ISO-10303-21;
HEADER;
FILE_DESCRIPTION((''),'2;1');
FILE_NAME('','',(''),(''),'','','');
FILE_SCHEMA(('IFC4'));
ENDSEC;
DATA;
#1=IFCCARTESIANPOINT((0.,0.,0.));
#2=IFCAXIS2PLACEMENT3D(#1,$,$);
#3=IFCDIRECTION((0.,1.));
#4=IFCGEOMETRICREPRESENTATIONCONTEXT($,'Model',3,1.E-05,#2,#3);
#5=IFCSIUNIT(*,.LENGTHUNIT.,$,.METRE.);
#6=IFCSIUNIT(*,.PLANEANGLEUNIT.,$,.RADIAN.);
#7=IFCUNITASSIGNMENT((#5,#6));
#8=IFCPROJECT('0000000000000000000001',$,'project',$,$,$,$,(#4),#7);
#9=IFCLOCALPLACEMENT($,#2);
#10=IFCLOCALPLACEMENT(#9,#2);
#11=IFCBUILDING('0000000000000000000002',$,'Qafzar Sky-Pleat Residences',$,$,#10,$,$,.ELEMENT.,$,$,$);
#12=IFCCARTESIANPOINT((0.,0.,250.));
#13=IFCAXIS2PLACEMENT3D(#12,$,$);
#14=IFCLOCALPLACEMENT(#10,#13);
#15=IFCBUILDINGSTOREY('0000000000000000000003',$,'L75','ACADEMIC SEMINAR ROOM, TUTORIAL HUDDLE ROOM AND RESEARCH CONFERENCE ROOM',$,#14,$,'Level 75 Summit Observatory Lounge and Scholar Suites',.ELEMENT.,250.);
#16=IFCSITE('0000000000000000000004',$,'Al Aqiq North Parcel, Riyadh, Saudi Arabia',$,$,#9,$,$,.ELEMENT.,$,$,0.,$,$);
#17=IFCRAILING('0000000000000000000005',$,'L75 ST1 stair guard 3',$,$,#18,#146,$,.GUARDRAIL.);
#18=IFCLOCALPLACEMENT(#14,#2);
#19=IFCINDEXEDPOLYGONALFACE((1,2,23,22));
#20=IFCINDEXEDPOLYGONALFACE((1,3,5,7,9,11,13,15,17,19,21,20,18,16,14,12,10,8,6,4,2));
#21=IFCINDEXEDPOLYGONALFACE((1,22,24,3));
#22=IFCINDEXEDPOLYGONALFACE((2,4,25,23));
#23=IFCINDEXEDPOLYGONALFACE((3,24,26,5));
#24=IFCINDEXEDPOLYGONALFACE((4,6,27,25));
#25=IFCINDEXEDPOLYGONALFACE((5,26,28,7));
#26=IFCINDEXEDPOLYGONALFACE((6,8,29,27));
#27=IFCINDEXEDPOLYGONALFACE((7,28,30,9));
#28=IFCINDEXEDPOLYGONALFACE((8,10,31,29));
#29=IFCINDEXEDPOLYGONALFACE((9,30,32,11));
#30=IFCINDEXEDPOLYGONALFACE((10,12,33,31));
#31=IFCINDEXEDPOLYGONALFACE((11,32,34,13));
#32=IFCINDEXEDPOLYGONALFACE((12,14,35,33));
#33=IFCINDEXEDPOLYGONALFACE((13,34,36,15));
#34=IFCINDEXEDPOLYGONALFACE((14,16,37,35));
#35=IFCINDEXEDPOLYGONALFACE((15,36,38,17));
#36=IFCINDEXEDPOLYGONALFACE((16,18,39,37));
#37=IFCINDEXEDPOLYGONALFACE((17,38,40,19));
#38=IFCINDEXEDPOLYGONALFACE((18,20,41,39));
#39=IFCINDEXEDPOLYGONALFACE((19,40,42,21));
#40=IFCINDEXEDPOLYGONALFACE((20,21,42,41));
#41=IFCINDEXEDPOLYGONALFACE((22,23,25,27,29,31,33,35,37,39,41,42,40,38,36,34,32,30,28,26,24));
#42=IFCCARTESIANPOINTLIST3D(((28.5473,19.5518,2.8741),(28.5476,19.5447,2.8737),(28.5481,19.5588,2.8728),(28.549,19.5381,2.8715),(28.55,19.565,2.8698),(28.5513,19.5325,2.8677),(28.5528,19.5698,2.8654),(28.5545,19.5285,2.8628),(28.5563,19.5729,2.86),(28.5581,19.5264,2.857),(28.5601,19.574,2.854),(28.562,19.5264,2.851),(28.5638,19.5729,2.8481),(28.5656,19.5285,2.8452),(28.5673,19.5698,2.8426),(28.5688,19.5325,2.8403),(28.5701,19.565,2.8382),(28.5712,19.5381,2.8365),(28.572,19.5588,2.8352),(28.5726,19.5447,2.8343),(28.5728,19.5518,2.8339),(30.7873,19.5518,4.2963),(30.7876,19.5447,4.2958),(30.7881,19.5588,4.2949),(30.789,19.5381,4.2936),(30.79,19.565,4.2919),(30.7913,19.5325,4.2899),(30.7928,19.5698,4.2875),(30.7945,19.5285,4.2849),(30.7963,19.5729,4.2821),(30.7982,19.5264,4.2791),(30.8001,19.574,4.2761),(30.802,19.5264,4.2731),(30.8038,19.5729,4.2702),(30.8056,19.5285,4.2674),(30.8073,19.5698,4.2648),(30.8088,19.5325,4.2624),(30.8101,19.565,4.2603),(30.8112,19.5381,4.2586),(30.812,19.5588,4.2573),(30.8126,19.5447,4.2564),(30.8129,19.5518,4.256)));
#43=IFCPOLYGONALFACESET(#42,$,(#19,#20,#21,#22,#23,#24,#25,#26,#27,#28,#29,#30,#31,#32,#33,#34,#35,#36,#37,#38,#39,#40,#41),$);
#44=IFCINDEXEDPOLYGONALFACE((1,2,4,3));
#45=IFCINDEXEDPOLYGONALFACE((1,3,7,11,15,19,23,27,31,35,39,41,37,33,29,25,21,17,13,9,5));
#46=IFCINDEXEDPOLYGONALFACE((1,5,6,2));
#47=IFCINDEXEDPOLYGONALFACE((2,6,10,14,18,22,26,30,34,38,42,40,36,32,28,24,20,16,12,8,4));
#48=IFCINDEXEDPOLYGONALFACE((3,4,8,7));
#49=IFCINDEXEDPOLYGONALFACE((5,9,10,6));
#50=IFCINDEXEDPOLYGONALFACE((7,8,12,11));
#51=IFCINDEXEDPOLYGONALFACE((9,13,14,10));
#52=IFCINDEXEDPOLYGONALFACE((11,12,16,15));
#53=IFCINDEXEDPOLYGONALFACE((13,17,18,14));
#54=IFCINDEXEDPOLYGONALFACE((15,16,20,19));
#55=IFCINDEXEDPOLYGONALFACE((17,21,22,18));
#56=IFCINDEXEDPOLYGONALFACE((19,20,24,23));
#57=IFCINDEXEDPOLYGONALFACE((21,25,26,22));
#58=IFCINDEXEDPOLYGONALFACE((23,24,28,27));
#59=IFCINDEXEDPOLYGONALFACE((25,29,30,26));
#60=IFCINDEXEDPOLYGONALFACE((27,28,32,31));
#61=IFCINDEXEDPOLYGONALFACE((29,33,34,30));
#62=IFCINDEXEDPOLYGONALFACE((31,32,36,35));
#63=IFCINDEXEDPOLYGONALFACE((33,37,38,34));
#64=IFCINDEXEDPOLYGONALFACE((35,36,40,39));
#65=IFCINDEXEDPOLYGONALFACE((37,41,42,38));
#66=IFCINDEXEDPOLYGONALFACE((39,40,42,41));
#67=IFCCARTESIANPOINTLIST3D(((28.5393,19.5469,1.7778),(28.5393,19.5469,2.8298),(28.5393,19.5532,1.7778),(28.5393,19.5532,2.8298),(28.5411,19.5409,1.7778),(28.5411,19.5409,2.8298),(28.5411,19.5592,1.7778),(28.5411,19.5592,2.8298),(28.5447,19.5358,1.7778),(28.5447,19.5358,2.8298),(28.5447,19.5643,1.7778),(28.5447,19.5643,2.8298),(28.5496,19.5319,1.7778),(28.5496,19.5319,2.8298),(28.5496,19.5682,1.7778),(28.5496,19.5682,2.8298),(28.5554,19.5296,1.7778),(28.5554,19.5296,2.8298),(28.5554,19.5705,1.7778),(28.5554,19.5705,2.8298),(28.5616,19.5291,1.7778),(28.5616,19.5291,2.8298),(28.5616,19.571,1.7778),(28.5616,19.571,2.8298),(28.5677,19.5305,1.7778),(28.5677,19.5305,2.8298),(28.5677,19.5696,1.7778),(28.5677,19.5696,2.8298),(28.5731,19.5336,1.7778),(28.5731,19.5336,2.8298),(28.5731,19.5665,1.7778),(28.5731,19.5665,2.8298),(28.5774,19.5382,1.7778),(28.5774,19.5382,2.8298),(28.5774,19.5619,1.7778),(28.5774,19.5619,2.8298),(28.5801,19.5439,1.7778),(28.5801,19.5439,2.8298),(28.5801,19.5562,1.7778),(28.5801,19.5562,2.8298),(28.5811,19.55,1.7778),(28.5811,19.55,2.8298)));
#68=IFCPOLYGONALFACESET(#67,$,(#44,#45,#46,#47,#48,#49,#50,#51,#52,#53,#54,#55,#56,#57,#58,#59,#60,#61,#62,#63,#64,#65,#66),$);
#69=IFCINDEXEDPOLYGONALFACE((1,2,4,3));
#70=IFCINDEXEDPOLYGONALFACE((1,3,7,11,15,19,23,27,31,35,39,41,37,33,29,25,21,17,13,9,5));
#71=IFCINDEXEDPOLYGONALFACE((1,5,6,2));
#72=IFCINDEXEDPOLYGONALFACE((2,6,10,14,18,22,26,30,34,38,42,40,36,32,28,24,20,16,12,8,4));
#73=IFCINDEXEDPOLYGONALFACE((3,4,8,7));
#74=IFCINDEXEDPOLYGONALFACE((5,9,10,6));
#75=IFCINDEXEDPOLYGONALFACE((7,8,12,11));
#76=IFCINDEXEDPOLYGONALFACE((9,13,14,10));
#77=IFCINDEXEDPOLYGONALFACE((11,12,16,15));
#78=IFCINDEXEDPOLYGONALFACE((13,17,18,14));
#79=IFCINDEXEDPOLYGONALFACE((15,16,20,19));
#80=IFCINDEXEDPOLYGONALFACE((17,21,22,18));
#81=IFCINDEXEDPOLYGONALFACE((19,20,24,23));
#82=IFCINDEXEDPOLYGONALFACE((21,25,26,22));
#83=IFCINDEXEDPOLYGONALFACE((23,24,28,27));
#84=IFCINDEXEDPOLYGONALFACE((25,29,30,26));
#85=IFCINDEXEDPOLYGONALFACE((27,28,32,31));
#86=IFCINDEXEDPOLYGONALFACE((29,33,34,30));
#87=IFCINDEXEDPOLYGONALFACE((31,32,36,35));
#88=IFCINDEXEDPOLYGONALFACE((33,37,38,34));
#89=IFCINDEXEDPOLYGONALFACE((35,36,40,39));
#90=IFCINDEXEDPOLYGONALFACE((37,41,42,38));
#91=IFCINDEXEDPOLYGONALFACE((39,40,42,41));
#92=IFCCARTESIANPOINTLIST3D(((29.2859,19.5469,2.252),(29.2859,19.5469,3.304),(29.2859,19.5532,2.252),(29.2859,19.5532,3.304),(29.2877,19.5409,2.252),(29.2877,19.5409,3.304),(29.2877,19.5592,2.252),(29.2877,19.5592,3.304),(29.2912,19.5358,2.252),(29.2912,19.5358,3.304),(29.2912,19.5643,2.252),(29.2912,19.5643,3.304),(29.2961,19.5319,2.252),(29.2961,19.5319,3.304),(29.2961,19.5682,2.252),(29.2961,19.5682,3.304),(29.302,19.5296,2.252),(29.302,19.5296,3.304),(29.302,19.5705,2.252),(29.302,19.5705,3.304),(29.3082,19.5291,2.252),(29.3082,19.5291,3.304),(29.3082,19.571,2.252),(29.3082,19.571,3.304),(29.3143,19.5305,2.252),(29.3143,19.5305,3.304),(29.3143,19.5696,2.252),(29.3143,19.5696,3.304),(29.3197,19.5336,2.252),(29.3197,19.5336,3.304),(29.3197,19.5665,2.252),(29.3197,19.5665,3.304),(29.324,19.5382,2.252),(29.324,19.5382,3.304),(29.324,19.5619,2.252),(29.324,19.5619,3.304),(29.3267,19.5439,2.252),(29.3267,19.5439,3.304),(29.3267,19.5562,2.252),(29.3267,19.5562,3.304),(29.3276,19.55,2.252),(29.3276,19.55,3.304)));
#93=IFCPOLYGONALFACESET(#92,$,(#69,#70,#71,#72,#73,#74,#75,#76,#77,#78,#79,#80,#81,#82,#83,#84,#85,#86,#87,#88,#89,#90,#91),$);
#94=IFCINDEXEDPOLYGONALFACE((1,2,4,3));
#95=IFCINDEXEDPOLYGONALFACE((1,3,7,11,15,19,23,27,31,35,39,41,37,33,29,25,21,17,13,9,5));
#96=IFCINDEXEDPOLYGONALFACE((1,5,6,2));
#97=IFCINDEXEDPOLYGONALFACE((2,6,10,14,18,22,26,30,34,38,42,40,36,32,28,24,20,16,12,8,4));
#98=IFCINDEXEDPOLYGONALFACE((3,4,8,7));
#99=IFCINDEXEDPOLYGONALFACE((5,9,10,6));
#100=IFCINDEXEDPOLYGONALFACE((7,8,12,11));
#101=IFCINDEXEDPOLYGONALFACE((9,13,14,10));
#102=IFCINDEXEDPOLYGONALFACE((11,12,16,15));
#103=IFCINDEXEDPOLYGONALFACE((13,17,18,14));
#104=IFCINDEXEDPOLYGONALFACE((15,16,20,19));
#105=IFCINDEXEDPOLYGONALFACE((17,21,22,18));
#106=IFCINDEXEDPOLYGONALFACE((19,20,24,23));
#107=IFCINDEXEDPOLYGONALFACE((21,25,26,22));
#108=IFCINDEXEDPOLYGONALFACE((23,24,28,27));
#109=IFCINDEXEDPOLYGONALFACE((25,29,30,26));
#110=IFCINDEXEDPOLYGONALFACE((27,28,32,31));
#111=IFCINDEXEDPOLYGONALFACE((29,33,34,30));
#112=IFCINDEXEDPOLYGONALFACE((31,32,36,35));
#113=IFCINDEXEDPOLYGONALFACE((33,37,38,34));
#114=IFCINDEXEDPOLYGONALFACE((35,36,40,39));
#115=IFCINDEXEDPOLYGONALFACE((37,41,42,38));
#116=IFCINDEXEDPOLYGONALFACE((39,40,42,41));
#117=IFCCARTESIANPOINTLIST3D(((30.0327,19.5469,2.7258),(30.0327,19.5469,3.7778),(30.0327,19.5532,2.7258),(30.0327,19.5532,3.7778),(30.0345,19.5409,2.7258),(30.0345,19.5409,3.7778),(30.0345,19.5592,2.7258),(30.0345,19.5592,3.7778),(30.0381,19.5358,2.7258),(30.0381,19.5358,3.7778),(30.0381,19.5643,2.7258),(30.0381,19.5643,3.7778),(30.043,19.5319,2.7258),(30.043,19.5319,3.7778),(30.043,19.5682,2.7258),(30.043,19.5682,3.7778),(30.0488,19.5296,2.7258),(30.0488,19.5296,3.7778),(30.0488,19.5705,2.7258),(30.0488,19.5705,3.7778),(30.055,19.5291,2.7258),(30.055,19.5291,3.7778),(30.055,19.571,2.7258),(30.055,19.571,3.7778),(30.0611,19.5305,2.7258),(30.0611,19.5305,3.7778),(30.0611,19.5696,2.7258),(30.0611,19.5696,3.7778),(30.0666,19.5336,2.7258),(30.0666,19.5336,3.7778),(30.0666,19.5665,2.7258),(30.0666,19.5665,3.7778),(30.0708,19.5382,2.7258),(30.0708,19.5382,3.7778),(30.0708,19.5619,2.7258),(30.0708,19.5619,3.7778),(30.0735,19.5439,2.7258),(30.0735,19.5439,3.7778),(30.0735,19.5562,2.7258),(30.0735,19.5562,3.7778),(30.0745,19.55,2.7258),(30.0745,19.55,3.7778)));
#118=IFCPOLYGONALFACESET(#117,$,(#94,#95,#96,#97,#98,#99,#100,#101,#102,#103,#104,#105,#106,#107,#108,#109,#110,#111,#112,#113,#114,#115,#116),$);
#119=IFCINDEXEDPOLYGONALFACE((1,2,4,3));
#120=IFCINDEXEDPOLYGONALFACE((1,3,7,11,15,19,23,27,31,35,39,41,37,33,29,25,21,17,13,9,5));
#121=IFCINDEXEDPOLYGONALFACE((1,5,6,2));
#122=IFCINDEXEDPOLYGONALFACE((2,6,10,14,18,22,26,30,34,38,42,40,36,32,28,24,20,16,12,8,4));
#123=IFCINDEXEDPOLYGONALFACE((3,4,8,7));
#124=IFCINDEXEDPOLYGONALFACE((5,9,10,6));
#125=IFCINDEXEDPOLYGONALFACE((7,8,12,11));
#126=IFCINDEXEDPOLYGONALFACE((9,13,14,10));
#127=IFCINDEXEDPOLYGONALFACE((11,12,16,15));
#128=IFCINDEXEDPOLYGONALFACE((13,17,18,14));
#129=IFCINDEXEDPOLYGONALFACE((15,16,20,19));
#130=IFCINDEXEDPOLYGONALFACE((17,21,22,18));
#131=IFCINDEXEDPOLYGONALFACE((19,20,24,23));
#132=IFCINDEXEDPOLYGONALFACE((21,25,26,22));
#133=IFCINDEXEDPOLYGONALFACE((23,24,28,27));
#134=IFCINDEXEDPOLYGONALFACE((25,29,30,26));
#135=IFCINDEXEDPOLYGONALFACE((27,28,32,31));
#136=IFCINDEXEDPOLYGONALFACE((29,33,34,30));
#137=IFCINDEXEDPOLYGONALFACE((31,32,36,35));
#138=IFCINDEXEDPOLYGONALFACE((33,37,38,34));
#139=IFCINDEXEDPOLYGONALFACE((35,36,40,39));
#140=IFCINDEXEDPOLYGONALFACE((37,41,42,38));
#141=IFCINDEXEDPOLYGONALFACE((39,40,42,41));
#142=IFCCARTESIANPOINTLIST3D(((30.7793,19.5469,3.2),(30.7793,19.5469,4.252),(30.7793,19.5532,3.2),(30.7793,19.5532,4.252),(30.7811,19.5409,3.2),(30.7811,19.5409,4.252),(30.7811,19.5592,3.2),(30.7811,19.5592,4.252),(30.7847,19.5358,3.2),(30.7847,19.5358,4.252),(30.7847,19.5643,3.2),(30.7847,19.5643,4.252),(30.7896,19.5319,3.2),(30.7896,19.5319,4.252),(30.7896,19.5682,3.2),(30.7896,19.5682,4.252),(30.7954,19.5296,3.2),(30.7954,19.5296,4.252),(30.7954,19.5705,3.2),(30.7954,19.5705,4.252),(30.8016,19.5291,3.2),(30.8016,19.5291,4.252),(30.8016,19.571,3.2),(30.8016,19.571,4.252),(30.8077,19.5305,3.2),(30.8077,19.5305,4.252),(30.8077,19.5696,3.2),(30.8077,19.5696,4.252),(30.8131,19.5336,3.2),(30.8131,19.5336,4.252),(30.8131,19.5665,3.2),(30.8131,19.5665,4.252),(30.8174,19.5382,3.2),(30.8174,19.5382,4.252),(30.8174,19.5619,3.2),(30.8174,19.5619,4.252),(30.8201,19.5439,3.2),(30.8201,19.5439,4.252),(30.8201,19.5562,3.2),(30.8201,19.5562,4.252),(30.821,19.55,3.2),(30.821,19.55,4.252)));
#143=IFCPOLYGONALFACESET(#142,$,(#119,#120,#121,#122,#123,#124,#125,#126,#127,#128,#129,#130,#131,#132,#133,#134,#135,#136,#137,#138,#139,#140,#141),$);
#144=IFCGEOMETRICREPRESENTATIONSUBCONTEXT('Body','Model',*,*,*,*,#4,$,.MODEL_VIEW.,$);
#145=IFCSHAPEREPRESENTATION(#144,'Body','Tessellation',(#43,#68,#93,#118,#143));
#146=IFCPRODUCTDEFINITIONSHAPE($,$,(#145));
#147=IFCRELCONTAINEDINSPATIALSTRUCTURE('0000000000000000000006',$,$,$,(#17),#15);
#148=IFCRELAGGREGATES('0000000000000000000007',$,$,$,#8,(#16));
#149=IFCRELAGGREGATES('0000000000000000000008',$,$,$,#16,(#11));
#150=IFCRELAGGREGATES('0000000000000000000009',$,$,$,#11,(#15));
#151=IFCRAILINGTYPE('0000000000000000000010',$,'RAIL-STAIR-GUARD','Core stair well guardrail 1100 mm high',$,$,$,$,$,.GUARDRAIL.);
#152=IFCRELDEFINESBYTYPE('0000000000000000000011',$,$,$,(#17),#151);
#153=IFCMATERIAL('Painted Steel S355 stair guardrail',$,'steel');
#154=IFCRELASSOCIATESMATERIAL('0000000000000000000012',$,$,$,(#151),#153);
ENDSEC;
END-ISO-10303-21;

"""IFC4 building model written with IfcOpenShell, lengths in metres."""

from ifc_helpers import new_model, si_unit, direction, frame, origin, origin_2d, place, context, subcontext, project, spatial, circle, extrude, source, transform, mapped, material, type_object, element, save


model = new_model("IFC4")

# Units and contexts
model_context = context("Model", 3, precision=1e-05, world=origin(), true_north=direction((0.0, 1.0)))
body_context = subcontext(model_context, "Body", "Model", "MODEL_VIEW")
ifc_project = project(units=[si_unit("LENGTHUNIT", "METRE"), si_unit("PLANEANGLEUNIT", "RADIAN")], contexts=[model_context])

# Site, building, storey
site_placement = place(None, origin())
site = spatial("IfcSite", under=ifc_project, at=site_placement, Name="Al Aqiq North Parcel, Riyadh, Saudi Arabia", CompositionType="ELEMENT", RefElevation=0.0)
building_placement = place(site_placement, origin())
building = spatial("IfcBuilding", under=site, at=building_placement, Name="Qafzar Sky-Pleat Residences", CompositionType="ELEMENT")
storey_placement = place(building_placement, frame((0.0, 0.0, 250.0)))
storey = spatial("IfcBuildingStorey", under=building, at=storey_placement, Name="L75", Description="ACADEMIC SEMINAR ROOM, TUTORIAL HUDDLE ROOM AND RESEARCH CONFERENCE ROOM", LongName="Level 75 Summit Observatory Lounge and Scholar Suites", CompositionType="ELEMENT", Elevation=250.0)

# Railing
ifc_material_1 = material(Name="Painted Steel S355 stair guardrail", Category="steel")
railing_type_1 = type_object("IfcRailingType", Name="RAIL-STAIR-GUARD", Description="Core stair well guardrail 1100 mm high", PredefinedType="GUARDRAIL", material=ifc_material_1)
shared_shape_1 = source(origin(), body_context, "Body", "SweptSolid", [
    extrude(circle(Radius=0.0239, at=origin_2d()), frame((0.0, 0.0, 1.0762), z_axis=(0.844229, 0.0, 0.535982), x_axis=(0.0, 1.0, 0.0)), (0.0, 0.0, 1.0), 2.6533),
    extrude(circle(Radius=0.021, at=origin_2d()), origin(), (0.0, 0.0, 1.0), 1.052),
    extrude(circle(Radius=0.021, at=origin_2d()), frame((0.7466, 0.0, 0.4741)), (0.0, 0.0, 1.0), 1.052),
    extrude(circle(Radius=0.021, at=origin_2d()), frame((1.4934, 0.0, 0.948)), (0.0, 0.0, 1.0), 1.052),
    extrude(circle(Radius=0.021, at=origin_2d()), frame((2.24, 0.0, 1.4221)), (0.0, 0.0, 1.0), 1.052),
])
railing_1_placement = place(storey_placement, frame((28.5601, 19.55, 1.7778)))
element("IfcRailing", 1, at=railing_1_placement, inside=storey, type_object=railing_type_1, Name="L75 ST1 stair guard 3", PredefinedType="GUARDRAIL", context=body_context, shape_type="MappedRepresentation", body=[
    mapped(shared_shape_1, transform((0.0, 0.0, 0.0), x_axis=(1.0, 0.0, 0.0), y_axis=(0.0, 1.0, 0.0), z_axis=(0.0, 0.0, 1.0), scale=1.0)),
])

save(model, "model.ifc")
